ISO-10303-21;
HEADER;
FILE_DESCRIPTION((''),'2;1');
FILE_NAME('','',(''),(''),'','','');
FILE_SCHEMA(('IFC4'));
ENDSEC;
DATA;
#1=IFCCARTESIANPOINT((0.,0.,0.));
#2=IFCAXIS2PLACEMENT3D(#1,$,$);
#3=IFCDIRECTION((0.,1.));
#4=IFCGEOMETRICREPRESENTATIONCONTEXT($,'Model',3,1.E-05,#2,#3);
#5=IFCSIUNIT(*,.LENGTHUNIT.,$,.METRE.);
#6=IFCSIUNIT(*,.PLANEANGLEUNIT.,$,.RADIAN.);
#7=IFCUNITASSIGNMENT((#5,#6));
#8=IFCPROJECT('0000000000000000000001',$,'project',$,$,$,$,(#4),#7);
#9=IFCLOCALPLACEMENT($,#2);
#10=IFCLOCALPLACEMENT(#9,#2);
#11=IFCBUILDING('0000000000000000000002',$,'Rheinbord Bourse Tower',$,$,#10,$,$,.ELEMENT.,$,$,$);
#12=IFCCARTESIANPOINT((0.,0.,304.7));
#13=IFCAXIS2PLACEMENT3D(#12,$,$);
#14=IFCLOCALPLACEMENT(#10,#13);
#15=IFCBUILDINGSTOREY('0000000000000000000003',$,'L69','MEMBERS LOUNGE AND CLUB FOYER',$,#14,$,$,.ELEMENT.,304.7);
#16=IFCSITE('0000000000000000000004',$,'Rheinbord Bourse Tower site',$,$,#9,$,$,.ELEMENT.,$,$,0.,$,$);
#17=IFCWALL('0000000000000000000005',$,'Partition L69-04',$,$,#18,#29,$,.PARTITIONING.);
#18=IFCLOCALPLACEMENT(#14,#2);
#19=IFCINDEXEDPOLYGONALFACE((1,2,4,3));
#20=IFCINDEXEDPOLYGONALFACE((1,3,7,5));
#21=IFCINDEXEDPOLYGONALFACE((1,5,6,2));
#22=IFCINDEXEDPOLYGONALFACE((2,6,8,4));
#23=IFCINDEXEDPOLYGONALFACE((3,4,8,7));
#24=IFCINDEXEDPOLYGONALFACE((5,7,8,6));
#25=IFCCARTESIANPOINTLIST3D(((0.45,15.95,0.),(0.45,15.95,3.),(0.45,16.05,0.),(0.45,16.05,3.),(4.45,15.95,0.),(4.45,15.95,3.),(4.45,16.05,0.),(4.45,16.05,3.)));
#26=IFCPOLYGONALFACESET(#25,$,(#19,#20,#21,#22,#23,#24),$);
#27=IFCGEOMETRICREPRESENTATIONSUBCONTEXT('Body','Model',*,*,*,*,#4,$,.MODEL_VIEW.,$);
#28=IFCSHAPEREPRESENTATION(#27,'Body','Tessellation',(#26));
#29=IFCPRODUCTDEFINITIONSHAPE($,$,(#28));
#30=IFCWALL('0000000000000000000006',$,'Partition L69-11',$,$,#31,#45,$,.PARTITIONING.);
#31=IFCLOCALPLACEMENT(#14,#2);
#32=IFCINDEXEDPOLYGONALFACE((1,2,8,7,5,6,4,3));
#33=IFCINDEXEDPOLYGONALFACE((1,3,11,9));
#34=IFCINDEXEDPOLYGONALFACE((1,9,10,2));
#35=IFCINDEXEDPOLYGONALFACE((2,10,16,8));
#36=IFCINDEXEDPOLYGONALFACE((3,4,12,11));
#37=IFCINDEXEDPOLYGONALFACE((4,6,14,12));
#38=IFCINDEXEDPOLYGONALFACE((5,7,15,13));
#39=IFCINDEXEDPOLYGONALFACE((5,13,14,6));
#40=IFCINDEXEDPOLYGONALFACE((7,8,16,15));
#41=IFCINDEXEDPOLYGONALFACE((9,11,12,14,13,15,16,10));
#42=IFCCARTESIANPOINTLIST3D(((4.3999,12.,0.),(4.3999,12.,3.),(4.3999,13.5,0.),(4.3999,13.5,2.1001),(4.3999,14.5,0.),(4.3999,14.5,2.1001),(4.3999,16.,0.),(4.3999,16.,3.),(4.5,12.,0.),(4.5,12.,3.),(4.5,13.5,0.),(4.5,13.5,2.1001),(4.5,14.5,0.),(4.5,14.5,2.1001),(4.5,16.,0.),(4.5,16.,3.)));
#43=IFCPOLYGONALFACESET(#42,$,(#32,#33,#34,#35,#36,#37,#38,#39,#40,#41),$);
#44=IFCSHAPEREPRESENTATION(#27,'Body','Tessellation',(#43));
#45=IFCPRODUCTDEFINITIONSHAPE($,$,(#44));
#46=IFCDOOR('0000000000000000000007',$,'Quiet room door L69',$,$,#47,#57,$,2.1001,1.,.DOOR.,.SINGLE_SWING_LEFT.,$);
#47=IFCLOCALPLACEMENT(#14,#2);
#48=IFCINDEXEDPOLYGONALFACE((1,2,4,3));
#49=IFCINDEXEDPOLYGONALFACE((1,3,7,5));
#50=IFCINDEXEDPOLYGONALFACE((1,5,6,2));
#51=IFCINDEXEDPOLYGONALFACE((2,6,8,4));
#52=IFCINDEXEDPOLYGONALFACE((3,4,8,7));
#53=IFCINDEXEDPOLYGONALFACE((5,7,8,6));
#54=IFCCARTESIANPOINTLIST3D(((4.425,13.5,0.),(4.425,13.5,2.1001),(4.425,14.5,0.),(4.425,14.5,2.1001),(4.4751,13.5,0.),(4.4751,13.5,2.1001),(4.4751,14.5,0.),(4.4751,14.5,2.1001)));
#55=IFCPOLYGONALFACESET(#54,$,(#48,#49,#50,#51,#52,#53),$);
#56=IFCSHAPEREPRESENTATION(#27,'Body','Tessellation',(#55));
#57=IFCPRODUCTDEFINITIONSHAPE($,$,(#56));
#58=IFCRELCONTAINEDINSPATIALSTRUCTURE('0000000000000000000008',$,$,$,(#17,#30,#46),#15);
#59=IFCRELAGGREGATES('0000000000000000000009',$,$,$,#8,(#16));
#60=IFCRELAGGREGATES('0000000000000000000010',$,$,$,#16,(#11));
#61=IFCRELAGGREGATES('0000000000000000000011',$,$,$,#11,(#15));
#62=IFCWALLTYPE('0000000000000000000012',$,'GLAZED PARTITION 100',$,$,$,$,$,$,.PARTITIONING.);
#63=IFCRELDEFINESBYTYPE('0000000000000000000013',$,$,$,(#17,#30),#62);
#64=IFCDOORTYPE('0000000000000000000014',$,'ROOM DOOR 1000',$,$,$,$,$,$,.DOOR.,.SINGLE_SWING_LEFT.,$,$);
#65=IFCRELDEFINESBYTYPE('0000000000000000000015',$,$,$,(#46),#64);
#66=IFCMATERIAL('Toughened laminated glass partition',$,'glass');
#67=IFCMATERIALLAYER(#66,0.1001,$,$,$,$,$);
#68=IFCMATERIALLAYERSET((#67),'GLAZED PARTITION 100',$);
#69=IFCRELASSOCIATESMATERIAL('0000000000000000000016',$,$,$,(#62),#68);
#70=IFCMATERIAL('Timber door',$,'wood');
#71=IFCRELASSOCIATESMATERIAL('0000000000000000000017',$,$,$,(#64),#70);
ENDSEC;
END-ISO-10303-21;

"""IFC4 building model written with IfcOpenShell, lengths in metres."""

from ifc_helpers import new_model, si_unit, direction, frame, frame_2d, origin, place, context, subcontext, project, spatial, rectangle, extrude, material, layer, layer_set, type_object, element, fill, save


model = new_model("IFC4")

# Units and contexts
model_context = context("Model", 3, precision=1e-05, world=origin(), true_north=direction((0.0, 1.0)))
body_context = subcontext(model_context, "Body", "Model", "MODEL_VIEW")
ifc_project = project(units=[si_unit("LENGTHUNIT", "METRE"), si_unit("PLANEANGLEUNIT", "RADIAN")], contexts=[model_context])

# Site, building, storey
site_placement = place(None, origin())
site = spatial("IfcSite", under=ifc_project, at=site_placement, Name="Rheinbord Bourse Tower site", CompositionType="ELEMENT", RefElevation=0.0)
building_placement = place(site_placement, origin())
building = spatial("IfcBuilding", under=site, at=building_placement, Name="Rheinbord Bourse Tower", CompositionType="ELEMENT")
storey_placement = place(building_placement, frame((0.0, 0.0, 304.7)))
storey = spatial("IfcBuildingStorey", under=building, at=storey_placement, Name="L69", Description="MEMBERS LOUNGE AND CLUB FOYER", CompositionType="ELEMENT", Elevation=304.7)

# Wall
ifc_material_1 = material(Name="Toughened laminated glass partition", Category="glass")
ifc_layer_1 = layer(ifc_material_1, 0.1001)
ifc_layer_set_1 = layer_set([ifc_layer_1], Name="GLAZED PARTITION 100")
wall_type = type_object("IfcWallType", Name="GLAZED PARTITION 100", PredefinedType="PARTITIONING", material=ifc_layer_set_1)
for number, where, z_axis, x_axis, name in (
    (1, (0.45, 16.0, 0.0), (0.0, 0.0, 1.0), (1.0, 0.0, 0.0), "Partition L69-04"),
):
    element("IfcWall", number, at=place(storey_placement, frame(where, z_axis=z_axis, x_axis=x_axis)), inside=storey, type_object=wall_type, Name=name, PredefinedType="PARTITIONING", context=body_context, shape_type="SweptSolid", body=[
        extrude(rectangle(XDim=4.0, YDim=0.1001, at=frame_2d((2.0, 0.0))), origin(), (0.0, 0.0, 1.0), 3.0),
    ])

# Wall, opening, door
wall_placement = place(storey_placement, frame((4.45, 12.0, 0.0), z_axis=(0.0, 0.0, 1.0), x_axis=(0.0, 1.0, 0.0)))
wall = element("IfcWall", 2, at=wall_placement, inside=storey, type_object=wall_type, Name="Partition L69-11", PredefinedType="PARTITIONING", context=body_context, shape_type="SweptSolid", body=[
    extrude(rectangle(XDim=4.0, YDim=0.1001, at=frame_2d((2.0, 0.0))), origin(), (0.0, 0.0, 1.0), 3.0),
])
opening_placement = place(wall_placement, frame((1.5, 0.0, 0.0)))
opening = element("IfcOpeningElement", 3, at=opening_placement, cuts=wall, PredefinedType="OPENING", context=body_context, shape_type="SweptSolid", body=[
    extrude(rectangle(XDim=1.0, YDim=2.1001, at=frame_2d((0.5, 1.05))), frame((0.0, 0.0601, 0.0), z_axis=(0.0, -1.0, 0.0), x_axis=(1.0, 0.0, 0.0)), (0.0, 0.0, 1.0), 0.1201),
])
ifc_material_2 = material(Name="Timber door", Category="wood")
door_type = type_object("IfcDoorType", Name="ROOM DOOR 1000", OperationType="SINGLE_SWING_LEFT", PredefinedType="DOOR", material=ifc_material_2)
door_placement = place(opening_placement, origin())
door = element("IfcDoor", 4, at=door_placement, inside=storey, type_object=door_type, Name="Quiet room door L69", OperationType="SINGLE_SWING_LEFT", OverallHeight=2.1001, OverallWidth=1.0, PredefinedType="DOOR", context=body_context, shape_type="SweptSolid", body=[
    extrude(rectangle(XDim=1.0, YDim=2.1001, at=frame_2d((0.5, 1.05))), frame((0.0, 0.0249, 0.0), z_axis=(0.0, -1.0, 0.0), x_axis=(1.0, 0.0, 0.0)), (0.0, 0.0, 1.0), 0.05),
])
fill(opening, door)

save(model, "model.ifc")
